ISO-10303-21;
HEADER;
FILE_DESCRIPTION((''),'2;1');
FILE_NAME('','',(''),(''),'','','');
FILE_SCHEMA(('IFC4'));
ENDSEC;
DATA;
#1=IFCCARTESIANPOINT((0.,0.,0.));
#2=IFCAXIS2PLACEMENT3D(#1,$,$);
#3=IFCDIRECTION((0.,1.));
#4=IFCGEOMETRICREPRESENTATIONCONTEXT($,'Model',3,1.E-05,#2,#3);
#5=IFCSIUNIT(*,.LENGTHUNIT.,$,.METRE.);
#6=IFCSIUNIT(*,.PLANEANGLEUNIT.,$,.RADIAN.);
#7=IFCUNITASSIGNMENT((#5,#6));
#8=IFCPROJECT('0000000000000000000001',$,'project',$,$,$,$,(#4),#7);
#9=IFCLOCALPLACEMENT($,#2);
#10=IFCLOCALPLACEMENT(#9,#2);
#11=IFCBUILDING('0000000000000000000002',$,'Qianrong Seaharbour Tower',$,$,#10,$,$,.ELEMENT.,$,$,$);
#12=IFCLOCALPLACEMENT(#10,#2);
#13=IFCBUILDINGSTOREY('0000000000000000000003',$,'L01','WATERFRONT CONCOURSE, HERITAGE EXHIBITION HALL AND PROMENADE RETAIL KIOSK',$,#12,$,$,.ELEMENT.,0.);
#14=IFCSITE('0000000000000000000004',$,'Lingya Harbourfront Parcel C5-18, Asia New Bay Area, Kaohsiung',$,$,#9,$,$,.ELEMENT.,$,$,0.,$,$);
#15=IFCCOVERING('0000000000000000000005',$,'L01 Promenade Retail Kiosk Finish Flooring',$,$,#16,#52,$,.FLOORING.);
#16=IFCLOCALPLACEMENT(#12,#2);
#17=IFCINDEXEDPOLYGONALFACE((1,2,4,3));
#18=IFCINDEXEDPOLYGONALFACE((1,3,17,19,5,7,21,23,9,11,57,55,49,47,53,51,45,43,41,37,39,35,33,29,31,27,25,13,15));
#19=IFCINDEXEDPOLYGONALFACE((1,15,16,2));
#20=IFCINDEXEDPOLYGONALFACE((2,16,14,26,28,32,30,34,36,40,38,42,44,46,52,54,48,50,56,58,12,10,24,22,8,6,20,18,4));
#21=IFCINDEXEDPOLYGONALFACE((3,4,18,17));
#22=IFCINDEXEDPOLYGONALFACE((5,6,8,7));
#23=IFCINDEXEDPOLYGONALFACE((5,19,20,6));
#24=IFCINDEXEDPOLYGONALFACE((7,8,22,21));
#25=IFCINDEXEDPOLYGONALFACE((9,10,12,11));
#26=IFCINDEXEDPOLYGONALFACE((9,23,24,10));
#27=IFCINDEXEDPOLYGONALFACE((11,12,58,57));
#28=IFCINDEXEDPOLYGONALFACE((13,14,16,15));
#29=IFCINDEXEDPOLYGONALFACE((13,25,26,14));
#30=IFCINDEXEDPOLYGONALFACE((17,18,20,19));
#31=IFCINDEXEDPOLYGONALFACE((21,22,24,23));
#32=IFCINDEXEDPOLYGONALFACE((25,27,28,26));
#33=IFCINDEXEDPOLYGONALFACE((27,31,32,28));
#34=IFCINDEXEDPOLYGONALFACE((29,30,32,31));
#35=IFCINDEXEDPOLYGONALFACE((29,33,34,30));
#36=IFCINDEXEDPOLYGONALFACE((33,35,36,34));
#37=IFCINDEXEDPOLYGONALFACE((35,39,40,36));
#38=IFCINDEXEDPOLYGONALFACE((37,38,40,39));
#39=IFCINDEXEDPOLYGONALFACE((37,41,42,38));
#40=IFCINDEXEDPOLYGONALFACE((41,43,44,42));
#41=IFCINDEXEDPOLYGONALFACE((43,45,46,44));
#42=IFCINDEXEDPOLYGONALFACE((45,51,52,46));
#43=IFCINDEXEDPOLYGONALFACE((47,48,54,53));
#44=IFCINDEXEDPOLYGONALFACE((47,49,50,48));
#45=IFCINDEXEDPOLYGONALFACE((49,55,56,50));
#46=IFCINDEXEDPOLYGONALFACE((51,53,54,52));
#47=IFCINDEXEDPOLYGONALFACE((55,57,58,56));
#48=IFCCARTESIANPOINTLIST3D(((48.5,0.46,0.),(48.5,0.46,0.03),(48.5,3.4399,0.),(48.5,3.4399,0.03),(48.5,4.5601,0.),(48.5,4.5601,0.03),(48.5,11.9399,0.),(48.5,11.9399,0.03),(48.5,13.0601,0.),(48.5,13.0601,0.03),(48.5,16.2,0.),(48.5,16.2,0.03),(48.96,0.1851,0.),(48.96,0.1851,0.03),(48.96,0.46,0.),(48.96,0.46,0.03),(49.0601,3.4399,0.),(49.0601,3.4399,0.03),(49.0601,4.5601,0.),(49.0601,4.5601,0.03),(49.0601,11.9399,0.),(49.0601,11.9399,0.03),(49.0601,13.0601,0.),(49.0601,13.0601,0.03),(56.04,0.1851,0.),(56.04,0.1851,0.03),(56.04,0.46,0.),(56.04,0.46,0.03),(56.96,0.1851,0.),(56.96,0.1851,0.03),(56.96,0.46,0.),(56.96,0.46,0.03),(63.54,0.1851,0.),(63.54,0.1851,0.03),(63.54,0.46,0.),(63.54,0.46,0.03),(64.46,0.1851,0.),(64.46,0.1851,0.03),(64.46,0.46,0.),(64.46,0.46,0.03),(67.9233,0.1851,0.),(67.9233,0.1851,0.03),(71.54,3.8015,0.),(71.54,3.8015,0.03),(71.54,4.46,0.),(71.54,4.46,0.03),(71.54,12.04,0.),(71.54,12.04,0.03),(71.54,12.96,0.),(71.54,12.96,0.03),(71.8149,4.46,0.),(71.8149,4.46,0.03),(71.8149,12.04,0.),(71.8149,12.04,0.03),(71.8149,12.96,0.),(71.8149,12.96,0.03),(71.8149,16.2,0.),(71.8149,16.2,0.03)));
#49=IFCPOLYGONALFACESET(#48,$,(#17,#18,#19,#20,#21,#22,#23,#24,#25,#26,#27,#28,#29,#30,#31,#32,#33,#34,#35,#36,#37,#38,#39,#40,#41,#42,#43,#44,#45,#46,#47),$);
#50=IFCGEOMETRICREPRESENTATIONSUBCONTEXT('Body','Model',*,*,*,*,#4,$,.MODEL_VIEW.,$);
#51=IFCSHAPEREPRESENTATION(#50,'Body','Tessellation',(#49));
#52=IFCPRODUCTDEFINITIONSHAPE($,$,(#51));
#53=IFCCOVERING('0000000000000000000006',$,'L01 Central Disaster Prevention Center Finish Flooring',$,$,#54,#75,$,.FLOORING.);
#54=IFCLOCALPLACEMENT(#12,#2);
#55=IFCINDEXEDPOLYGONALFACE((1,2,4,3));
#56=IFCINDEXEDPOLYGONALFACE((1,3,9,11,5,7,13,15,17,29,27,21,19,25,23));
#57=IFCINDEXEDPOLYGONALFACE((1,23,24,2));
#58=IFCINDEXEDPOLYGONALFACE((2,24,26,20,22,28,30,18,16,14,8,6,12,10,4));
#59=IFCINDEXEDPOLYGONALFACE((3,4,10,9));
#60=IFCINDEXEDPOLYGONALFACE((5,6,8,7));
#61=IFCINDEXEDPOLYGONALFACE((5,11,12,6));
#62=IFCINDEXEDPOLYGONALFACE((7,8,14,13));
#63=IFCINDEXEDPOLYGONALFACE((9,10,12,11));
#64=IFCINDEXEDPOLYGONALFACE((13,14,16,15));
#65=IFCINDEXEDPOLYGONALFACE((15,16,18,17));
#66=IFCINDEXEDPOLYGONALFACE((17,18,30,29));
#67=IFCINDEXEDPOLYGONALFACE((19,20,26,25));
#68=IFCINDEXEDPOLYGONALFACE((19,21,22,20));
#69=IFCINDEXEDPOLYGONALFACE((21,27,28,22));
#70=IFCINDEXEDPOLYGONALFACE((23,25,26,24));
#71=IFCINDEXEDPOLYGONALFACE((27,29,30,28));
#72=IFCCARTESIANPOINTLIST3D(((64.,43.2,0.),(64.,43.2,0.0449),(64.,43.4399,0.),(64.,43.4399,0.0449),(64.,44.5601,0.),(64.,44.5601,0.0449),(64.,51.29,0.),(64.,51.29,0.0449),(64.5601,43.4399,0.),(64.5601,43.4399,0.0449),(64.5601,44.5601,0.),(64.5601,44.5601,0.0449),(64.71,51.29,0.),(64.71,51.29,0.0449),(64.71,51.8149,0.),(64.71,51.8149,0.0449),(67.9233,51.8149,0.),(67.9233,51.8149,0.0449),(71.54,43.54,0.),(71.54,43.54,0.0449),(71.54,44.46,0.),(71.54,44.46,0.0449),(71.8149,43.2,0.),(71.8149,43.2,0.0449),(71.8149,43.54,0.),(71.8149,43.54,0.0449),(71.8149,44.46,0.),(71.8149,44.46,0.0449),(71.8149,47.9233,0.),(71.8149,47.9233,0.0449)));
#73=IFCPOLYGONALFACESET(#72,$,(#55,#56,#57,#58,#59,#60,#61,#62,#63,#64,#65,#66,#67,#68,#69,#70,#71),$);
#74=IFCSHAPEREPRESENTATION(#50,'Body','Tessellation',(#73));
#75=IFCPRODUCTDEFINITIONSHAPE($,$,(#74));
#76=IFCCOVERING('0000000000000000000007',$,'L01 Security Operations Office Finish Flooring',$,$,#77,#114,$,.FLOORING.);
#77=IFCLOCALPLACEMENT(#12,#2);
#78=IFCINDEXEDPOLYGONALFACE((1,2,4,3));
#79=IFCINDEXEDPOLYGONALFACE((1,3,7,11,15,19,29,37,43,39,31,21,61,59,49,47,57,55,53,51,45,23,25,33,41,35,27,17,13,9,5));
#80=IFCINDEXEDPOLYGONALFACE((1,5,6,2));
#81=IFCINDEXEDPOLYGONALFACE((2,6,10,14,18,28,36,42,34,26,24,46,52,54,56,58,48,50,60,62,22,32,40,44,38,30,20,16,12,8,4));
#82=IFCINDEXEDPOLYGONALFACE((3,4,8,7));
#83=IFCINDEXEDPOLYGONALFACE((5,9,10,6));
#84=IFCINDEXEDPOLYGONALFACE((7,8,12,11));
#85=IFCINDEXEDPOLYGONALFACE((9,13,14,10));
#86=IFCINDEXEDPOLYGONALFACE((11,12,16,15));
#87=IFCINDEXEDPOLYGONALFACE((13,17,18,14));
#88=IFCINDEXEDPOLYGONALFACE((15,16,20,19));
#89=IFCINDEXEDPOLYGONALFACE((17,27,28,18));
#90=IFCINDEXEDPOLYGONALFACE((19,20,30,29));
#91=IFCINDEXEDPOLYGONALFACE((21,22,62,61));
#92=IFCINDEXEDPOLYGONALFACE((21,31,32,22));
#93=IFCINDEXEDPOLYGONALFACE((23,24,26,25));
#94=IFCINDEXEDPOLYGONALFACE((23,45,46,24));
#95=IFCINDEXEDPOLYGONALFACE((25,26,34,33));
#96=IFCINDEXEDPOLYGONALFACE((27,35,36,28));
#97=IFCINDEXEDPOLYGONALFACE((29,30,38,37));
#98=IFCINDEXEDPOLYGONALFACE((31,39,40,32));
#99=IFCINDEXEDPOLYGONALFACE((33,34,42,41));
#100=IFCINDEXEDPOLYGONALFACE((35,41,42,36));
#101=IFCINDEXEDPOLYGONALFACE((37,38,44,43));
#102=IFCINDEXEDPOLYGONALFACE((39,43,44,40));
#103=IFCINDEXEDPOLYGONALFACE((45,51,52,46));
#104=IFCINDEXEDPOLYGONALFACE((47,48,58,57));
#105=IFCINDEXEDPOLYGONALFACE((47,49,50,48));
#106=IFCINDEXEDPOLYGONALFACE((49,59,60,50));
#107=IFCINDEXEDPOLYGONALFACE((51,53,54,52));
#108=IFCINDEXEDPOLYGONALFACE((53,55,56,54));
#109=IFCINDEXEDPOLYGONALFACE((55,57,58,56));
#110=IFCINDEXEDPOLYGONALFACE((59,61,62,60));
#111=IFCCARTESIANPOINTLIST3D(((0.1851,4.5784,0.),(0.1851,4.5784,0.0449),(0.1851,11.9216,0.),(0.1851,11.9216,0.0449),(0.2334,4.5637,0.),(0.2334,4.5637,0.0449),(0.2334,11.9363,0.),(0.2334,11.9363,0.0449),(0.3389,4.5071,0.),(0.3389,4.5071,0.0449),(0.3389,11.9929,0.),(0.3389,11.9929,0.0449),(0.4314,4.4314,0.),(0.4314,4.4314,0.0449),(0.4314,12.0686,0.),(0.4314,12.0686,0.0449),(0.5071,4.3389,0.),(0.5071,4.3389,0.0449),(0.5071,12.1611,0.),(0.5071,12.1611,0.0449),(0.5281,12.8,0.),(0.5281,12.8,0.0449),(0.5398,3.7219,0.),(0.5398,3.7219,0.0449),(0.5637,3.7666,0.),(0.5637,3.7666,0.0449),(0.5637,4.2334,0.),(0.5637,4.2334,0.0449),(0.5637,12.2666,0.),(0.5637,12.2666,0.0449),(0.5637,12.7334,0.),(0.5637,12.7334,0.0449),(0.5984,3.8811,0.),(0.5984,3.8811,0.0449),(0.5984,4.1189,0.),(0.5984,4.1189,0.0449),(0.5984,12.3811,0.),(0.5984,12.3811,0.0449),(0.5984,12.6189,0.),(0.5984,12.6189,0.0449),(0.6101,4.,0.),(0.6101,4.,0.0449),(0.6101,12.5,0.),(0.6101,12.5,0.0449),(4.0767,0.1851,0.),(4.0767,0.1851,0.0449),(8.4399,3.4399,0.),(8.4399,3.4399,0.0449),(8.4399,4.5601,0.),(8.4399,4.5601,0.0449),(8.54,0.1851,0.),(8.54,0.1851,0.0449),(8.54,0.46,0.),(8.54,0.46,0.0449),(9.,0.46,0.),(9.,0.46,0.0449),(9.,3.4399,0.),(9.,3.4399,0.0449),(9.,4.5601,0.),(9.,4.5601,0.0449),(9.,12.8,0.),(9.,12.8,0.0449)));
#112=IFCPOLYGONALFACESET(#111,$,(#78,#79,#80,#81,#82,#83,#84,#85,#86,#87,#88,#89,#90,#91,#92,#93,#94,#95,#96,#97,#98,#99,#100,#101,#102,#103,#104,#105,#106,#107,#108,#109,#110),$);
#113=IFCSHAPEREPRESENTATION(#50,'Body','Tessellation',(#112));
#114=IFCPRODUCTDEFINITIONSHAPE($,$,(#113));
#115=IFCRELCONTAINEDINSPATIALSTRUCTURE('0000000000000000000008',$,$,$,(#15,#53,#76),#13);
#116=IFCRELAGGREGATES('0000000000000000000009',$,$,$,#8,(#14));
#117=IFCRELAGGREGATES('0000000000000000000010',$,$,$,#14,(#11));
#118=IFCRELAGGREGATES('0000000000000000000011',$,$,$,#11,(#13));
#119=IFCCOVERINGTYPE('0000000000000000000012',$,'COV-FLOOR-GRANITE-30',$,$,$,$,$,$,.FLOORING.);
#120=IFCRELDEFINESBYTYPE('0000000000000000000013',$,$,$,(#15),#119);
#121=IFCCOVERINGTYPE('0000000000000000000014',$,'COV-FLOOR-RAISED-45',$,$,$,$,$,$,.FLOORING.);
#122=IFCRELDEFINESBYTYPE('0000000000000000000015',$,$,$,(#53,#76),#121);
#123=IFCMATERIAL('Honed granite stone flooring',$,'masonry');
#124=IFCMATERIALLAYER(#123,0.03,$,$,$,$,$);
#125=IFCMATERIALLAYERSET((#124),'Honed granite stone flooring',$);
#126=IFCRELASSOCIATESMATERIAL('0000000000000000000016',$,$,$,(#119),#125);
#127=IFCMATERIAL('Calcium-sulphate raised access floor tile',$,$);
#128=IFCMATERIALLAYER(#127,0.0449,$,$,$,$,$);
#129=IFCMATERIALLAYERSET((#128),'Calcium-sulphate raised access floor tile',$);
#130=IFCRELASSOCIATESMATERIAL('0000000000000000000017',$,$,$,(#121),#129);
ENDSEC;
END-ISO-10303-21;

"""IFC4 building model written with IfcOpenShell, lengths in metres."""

from ifc_helpers import new_model, si_unit, direction, origin, place, context, subcontext, project, spatial, polyline, outline, extrude, material, layer, layer_set, type_object, element, save


model = new_model("IFC4")

# Units and contexts
model_context = context("Model", 3, precision=1e-05, world=origin(), true_north=direction((0.0, 1.0)))
body_context = subcontext(model_context, "Body", "Model", "MODEL_VIEW")
ifc_project = project(units=[si_unit("LENGTHUNIT", "METRE"), si_unit("PLANEANGLEUNIT", "RADIAN")], contexts=[model_context])

# Site, building, storey
site_placement = place(None, origin())
site = spatial("IfcSite", under=ifc_project, at=site_placement, Name="Lingya Harbourfront Parcel C5-18, Asia New Bay Area, Kaohsiung", CompositionType="ELEMENT", RefElevation=0.0)
building_placement = place(site_placement, origin())
building = spatial("IfcBuilding", under=site, at=building_placement, Name="Qianrong Seaharbour Tower", CompositionType="ELEMENT")
storey_placement = place(building_placement, origin())
storey = spatial("IfcBuildingStorey", under=building, at=storey_placement, Name="L01", Description="WATERFRONT CONCOURSE, HERITAGE EXHIBITION HALL AND PROMENADE RETAIL KIOSK", CompositionType="ELEMENT", Elevation=0.0)

# Coverings
ifc_material_1 = material(Name="Honed granite stone flooring", Category="masonry")
ifc_layer_1 = layer(ifc_material_1, 0.03)
ifc_layer_set_1 = layer_set([ifc_layer_1], Name="Honed granite stone flooring")
covering_type_1 = type_object("IfcCoveringType", Name="COV-FLOOR-GRANITE-30", PredefinedType="FLOORING", material=ifc_layer_set_1)
covering_1_placement = place(storey_placement, origin())
element("IfcCovering", 1, at=covering_1_placement, inside=storey, type_object=covering_type_1, Name="L01 Promenade Retail Kiosk Finish Flooring", PredefinedType="FLOORING", context=body_context, shape_type="SweptSolid", body=[
    extrude(outline(polyline([(71.8149, 12.96), (71.54, 12.96), (71.54, 12.04), (71.8149, 12.04), (71.8149, 4.46), (71.54, 4.46), (71.54, 3.8015), (67.9233, 0.1851), (64.46, 0.1851), (64.46, 0.46), (63.54, 0.46), (63.54, 0.1851), (56.96, 0.1851), (56.96, 0.46), (56.04, 0.46), (56.04, 0.1851), (48.96, 0.1851), (48.96, 0.46), (48.5, 0.46), (48.5, 3.4399), (49.0601, 3.4399), (49.0601, 4.5601), (48.5, 4.5601), (48.5, 11.9399), (49.0601, 11.9399), (49.0601, 13.0601), (48.5, 13.0601), (48.5, 16.2), (71.8149, 16.2), (71.8149, 12.96)])), origin(), (0.0, 0.0, 1.0), 0.03),
])
ifc_material_2 = material(Name="Calcium-sulphate raised access floor tile")
ifc_layer_2 = layer(ifc_material_2, 0.0449)
ifc_layer_set_2 = layer_set([ifc_layer_2], Name="Calcium-sulphate raised access floor tile")
covering_type_2 = type_object("IfcCoveringType", Name="COV-FLOOR-RAISED-45", PredefinedType="FLOORING", material=ifc_layer_set_2)
covering_2_placement = place(storey_placement, origin())
element("IfcCovering", 2, at=covering_2_placement, inside=storey, type_object=covering_type_2, Name="L01 Central Disaster Prevention Center Finish Flooring", PredefinedType="FLOORING", context=body_context, shape_type="SweptSolid", body=[
    extrude(outline(polyline([(67.9233, 51.8149), (71.8149, 47.9233), (71.8149, 44.46), (71.54, 44.46), (71.54, 43.54), (71.8149, 43.54), (71.8149, 43.2), (64.0, 43.2), (64.0, 43.4399), (64.5601, 43.4399), (64.5601, 44.5601), (64.0, 44.5601), (64.0, 51.29), (64.71, 51.29), (64.71, 51.8149), (67.9233, 51.8149)])), origin(), (0.0, 0.0, 1.0), 0.0449),
])
covering_3_placement = place(storey_placement, origin())
element("IfcCovering", 3, at=covering_3_placement, inside=storey, type_object=covering_type_2, Name="L01 Security Operations Office Finish Flooring", PredefinedType="FLOORING", context=body_context, shape_type="SweptSolid", body=[
    extrude(outline(polyline([(4.0767, 0.1851), (0.5398, 3.7219), (0.5637, 3.7666), (0.5984, 3.8811), (0.6101, 4.0), (0.5984, 4.1189), (0.5637, 4.2334), (0.5071, 4.3389), (0.4314, 4.4314), (0.3389, 4.5071), (0.2334, 4.5637), (0.1851, 4.5784), (0.1851, 11.9216), (0.2334, 11.9363), (0.3389, 11.9929), (0.4314, 12.0686), (0.5071, 12.1611), (0.5637, 12.2666), (0.5984, 12.3811), (0.6101, 12.5), (0.5984, 12.6189), (0.5637, 12.7334), (0.5281, 12.8), (9.0, 12.8), (9.0, 4.5601), (8.4399, 4.5601), (8.4399, 3.4399), (9.0, 3.4399), (9.0, 0.46), (8.54, 0.46), (8.54, 0.1851), (4.0767, 0.1851)])), origin(), (0.0, 0.0, 1.0), 0.0449),
])

save(model, "model.ifc")
